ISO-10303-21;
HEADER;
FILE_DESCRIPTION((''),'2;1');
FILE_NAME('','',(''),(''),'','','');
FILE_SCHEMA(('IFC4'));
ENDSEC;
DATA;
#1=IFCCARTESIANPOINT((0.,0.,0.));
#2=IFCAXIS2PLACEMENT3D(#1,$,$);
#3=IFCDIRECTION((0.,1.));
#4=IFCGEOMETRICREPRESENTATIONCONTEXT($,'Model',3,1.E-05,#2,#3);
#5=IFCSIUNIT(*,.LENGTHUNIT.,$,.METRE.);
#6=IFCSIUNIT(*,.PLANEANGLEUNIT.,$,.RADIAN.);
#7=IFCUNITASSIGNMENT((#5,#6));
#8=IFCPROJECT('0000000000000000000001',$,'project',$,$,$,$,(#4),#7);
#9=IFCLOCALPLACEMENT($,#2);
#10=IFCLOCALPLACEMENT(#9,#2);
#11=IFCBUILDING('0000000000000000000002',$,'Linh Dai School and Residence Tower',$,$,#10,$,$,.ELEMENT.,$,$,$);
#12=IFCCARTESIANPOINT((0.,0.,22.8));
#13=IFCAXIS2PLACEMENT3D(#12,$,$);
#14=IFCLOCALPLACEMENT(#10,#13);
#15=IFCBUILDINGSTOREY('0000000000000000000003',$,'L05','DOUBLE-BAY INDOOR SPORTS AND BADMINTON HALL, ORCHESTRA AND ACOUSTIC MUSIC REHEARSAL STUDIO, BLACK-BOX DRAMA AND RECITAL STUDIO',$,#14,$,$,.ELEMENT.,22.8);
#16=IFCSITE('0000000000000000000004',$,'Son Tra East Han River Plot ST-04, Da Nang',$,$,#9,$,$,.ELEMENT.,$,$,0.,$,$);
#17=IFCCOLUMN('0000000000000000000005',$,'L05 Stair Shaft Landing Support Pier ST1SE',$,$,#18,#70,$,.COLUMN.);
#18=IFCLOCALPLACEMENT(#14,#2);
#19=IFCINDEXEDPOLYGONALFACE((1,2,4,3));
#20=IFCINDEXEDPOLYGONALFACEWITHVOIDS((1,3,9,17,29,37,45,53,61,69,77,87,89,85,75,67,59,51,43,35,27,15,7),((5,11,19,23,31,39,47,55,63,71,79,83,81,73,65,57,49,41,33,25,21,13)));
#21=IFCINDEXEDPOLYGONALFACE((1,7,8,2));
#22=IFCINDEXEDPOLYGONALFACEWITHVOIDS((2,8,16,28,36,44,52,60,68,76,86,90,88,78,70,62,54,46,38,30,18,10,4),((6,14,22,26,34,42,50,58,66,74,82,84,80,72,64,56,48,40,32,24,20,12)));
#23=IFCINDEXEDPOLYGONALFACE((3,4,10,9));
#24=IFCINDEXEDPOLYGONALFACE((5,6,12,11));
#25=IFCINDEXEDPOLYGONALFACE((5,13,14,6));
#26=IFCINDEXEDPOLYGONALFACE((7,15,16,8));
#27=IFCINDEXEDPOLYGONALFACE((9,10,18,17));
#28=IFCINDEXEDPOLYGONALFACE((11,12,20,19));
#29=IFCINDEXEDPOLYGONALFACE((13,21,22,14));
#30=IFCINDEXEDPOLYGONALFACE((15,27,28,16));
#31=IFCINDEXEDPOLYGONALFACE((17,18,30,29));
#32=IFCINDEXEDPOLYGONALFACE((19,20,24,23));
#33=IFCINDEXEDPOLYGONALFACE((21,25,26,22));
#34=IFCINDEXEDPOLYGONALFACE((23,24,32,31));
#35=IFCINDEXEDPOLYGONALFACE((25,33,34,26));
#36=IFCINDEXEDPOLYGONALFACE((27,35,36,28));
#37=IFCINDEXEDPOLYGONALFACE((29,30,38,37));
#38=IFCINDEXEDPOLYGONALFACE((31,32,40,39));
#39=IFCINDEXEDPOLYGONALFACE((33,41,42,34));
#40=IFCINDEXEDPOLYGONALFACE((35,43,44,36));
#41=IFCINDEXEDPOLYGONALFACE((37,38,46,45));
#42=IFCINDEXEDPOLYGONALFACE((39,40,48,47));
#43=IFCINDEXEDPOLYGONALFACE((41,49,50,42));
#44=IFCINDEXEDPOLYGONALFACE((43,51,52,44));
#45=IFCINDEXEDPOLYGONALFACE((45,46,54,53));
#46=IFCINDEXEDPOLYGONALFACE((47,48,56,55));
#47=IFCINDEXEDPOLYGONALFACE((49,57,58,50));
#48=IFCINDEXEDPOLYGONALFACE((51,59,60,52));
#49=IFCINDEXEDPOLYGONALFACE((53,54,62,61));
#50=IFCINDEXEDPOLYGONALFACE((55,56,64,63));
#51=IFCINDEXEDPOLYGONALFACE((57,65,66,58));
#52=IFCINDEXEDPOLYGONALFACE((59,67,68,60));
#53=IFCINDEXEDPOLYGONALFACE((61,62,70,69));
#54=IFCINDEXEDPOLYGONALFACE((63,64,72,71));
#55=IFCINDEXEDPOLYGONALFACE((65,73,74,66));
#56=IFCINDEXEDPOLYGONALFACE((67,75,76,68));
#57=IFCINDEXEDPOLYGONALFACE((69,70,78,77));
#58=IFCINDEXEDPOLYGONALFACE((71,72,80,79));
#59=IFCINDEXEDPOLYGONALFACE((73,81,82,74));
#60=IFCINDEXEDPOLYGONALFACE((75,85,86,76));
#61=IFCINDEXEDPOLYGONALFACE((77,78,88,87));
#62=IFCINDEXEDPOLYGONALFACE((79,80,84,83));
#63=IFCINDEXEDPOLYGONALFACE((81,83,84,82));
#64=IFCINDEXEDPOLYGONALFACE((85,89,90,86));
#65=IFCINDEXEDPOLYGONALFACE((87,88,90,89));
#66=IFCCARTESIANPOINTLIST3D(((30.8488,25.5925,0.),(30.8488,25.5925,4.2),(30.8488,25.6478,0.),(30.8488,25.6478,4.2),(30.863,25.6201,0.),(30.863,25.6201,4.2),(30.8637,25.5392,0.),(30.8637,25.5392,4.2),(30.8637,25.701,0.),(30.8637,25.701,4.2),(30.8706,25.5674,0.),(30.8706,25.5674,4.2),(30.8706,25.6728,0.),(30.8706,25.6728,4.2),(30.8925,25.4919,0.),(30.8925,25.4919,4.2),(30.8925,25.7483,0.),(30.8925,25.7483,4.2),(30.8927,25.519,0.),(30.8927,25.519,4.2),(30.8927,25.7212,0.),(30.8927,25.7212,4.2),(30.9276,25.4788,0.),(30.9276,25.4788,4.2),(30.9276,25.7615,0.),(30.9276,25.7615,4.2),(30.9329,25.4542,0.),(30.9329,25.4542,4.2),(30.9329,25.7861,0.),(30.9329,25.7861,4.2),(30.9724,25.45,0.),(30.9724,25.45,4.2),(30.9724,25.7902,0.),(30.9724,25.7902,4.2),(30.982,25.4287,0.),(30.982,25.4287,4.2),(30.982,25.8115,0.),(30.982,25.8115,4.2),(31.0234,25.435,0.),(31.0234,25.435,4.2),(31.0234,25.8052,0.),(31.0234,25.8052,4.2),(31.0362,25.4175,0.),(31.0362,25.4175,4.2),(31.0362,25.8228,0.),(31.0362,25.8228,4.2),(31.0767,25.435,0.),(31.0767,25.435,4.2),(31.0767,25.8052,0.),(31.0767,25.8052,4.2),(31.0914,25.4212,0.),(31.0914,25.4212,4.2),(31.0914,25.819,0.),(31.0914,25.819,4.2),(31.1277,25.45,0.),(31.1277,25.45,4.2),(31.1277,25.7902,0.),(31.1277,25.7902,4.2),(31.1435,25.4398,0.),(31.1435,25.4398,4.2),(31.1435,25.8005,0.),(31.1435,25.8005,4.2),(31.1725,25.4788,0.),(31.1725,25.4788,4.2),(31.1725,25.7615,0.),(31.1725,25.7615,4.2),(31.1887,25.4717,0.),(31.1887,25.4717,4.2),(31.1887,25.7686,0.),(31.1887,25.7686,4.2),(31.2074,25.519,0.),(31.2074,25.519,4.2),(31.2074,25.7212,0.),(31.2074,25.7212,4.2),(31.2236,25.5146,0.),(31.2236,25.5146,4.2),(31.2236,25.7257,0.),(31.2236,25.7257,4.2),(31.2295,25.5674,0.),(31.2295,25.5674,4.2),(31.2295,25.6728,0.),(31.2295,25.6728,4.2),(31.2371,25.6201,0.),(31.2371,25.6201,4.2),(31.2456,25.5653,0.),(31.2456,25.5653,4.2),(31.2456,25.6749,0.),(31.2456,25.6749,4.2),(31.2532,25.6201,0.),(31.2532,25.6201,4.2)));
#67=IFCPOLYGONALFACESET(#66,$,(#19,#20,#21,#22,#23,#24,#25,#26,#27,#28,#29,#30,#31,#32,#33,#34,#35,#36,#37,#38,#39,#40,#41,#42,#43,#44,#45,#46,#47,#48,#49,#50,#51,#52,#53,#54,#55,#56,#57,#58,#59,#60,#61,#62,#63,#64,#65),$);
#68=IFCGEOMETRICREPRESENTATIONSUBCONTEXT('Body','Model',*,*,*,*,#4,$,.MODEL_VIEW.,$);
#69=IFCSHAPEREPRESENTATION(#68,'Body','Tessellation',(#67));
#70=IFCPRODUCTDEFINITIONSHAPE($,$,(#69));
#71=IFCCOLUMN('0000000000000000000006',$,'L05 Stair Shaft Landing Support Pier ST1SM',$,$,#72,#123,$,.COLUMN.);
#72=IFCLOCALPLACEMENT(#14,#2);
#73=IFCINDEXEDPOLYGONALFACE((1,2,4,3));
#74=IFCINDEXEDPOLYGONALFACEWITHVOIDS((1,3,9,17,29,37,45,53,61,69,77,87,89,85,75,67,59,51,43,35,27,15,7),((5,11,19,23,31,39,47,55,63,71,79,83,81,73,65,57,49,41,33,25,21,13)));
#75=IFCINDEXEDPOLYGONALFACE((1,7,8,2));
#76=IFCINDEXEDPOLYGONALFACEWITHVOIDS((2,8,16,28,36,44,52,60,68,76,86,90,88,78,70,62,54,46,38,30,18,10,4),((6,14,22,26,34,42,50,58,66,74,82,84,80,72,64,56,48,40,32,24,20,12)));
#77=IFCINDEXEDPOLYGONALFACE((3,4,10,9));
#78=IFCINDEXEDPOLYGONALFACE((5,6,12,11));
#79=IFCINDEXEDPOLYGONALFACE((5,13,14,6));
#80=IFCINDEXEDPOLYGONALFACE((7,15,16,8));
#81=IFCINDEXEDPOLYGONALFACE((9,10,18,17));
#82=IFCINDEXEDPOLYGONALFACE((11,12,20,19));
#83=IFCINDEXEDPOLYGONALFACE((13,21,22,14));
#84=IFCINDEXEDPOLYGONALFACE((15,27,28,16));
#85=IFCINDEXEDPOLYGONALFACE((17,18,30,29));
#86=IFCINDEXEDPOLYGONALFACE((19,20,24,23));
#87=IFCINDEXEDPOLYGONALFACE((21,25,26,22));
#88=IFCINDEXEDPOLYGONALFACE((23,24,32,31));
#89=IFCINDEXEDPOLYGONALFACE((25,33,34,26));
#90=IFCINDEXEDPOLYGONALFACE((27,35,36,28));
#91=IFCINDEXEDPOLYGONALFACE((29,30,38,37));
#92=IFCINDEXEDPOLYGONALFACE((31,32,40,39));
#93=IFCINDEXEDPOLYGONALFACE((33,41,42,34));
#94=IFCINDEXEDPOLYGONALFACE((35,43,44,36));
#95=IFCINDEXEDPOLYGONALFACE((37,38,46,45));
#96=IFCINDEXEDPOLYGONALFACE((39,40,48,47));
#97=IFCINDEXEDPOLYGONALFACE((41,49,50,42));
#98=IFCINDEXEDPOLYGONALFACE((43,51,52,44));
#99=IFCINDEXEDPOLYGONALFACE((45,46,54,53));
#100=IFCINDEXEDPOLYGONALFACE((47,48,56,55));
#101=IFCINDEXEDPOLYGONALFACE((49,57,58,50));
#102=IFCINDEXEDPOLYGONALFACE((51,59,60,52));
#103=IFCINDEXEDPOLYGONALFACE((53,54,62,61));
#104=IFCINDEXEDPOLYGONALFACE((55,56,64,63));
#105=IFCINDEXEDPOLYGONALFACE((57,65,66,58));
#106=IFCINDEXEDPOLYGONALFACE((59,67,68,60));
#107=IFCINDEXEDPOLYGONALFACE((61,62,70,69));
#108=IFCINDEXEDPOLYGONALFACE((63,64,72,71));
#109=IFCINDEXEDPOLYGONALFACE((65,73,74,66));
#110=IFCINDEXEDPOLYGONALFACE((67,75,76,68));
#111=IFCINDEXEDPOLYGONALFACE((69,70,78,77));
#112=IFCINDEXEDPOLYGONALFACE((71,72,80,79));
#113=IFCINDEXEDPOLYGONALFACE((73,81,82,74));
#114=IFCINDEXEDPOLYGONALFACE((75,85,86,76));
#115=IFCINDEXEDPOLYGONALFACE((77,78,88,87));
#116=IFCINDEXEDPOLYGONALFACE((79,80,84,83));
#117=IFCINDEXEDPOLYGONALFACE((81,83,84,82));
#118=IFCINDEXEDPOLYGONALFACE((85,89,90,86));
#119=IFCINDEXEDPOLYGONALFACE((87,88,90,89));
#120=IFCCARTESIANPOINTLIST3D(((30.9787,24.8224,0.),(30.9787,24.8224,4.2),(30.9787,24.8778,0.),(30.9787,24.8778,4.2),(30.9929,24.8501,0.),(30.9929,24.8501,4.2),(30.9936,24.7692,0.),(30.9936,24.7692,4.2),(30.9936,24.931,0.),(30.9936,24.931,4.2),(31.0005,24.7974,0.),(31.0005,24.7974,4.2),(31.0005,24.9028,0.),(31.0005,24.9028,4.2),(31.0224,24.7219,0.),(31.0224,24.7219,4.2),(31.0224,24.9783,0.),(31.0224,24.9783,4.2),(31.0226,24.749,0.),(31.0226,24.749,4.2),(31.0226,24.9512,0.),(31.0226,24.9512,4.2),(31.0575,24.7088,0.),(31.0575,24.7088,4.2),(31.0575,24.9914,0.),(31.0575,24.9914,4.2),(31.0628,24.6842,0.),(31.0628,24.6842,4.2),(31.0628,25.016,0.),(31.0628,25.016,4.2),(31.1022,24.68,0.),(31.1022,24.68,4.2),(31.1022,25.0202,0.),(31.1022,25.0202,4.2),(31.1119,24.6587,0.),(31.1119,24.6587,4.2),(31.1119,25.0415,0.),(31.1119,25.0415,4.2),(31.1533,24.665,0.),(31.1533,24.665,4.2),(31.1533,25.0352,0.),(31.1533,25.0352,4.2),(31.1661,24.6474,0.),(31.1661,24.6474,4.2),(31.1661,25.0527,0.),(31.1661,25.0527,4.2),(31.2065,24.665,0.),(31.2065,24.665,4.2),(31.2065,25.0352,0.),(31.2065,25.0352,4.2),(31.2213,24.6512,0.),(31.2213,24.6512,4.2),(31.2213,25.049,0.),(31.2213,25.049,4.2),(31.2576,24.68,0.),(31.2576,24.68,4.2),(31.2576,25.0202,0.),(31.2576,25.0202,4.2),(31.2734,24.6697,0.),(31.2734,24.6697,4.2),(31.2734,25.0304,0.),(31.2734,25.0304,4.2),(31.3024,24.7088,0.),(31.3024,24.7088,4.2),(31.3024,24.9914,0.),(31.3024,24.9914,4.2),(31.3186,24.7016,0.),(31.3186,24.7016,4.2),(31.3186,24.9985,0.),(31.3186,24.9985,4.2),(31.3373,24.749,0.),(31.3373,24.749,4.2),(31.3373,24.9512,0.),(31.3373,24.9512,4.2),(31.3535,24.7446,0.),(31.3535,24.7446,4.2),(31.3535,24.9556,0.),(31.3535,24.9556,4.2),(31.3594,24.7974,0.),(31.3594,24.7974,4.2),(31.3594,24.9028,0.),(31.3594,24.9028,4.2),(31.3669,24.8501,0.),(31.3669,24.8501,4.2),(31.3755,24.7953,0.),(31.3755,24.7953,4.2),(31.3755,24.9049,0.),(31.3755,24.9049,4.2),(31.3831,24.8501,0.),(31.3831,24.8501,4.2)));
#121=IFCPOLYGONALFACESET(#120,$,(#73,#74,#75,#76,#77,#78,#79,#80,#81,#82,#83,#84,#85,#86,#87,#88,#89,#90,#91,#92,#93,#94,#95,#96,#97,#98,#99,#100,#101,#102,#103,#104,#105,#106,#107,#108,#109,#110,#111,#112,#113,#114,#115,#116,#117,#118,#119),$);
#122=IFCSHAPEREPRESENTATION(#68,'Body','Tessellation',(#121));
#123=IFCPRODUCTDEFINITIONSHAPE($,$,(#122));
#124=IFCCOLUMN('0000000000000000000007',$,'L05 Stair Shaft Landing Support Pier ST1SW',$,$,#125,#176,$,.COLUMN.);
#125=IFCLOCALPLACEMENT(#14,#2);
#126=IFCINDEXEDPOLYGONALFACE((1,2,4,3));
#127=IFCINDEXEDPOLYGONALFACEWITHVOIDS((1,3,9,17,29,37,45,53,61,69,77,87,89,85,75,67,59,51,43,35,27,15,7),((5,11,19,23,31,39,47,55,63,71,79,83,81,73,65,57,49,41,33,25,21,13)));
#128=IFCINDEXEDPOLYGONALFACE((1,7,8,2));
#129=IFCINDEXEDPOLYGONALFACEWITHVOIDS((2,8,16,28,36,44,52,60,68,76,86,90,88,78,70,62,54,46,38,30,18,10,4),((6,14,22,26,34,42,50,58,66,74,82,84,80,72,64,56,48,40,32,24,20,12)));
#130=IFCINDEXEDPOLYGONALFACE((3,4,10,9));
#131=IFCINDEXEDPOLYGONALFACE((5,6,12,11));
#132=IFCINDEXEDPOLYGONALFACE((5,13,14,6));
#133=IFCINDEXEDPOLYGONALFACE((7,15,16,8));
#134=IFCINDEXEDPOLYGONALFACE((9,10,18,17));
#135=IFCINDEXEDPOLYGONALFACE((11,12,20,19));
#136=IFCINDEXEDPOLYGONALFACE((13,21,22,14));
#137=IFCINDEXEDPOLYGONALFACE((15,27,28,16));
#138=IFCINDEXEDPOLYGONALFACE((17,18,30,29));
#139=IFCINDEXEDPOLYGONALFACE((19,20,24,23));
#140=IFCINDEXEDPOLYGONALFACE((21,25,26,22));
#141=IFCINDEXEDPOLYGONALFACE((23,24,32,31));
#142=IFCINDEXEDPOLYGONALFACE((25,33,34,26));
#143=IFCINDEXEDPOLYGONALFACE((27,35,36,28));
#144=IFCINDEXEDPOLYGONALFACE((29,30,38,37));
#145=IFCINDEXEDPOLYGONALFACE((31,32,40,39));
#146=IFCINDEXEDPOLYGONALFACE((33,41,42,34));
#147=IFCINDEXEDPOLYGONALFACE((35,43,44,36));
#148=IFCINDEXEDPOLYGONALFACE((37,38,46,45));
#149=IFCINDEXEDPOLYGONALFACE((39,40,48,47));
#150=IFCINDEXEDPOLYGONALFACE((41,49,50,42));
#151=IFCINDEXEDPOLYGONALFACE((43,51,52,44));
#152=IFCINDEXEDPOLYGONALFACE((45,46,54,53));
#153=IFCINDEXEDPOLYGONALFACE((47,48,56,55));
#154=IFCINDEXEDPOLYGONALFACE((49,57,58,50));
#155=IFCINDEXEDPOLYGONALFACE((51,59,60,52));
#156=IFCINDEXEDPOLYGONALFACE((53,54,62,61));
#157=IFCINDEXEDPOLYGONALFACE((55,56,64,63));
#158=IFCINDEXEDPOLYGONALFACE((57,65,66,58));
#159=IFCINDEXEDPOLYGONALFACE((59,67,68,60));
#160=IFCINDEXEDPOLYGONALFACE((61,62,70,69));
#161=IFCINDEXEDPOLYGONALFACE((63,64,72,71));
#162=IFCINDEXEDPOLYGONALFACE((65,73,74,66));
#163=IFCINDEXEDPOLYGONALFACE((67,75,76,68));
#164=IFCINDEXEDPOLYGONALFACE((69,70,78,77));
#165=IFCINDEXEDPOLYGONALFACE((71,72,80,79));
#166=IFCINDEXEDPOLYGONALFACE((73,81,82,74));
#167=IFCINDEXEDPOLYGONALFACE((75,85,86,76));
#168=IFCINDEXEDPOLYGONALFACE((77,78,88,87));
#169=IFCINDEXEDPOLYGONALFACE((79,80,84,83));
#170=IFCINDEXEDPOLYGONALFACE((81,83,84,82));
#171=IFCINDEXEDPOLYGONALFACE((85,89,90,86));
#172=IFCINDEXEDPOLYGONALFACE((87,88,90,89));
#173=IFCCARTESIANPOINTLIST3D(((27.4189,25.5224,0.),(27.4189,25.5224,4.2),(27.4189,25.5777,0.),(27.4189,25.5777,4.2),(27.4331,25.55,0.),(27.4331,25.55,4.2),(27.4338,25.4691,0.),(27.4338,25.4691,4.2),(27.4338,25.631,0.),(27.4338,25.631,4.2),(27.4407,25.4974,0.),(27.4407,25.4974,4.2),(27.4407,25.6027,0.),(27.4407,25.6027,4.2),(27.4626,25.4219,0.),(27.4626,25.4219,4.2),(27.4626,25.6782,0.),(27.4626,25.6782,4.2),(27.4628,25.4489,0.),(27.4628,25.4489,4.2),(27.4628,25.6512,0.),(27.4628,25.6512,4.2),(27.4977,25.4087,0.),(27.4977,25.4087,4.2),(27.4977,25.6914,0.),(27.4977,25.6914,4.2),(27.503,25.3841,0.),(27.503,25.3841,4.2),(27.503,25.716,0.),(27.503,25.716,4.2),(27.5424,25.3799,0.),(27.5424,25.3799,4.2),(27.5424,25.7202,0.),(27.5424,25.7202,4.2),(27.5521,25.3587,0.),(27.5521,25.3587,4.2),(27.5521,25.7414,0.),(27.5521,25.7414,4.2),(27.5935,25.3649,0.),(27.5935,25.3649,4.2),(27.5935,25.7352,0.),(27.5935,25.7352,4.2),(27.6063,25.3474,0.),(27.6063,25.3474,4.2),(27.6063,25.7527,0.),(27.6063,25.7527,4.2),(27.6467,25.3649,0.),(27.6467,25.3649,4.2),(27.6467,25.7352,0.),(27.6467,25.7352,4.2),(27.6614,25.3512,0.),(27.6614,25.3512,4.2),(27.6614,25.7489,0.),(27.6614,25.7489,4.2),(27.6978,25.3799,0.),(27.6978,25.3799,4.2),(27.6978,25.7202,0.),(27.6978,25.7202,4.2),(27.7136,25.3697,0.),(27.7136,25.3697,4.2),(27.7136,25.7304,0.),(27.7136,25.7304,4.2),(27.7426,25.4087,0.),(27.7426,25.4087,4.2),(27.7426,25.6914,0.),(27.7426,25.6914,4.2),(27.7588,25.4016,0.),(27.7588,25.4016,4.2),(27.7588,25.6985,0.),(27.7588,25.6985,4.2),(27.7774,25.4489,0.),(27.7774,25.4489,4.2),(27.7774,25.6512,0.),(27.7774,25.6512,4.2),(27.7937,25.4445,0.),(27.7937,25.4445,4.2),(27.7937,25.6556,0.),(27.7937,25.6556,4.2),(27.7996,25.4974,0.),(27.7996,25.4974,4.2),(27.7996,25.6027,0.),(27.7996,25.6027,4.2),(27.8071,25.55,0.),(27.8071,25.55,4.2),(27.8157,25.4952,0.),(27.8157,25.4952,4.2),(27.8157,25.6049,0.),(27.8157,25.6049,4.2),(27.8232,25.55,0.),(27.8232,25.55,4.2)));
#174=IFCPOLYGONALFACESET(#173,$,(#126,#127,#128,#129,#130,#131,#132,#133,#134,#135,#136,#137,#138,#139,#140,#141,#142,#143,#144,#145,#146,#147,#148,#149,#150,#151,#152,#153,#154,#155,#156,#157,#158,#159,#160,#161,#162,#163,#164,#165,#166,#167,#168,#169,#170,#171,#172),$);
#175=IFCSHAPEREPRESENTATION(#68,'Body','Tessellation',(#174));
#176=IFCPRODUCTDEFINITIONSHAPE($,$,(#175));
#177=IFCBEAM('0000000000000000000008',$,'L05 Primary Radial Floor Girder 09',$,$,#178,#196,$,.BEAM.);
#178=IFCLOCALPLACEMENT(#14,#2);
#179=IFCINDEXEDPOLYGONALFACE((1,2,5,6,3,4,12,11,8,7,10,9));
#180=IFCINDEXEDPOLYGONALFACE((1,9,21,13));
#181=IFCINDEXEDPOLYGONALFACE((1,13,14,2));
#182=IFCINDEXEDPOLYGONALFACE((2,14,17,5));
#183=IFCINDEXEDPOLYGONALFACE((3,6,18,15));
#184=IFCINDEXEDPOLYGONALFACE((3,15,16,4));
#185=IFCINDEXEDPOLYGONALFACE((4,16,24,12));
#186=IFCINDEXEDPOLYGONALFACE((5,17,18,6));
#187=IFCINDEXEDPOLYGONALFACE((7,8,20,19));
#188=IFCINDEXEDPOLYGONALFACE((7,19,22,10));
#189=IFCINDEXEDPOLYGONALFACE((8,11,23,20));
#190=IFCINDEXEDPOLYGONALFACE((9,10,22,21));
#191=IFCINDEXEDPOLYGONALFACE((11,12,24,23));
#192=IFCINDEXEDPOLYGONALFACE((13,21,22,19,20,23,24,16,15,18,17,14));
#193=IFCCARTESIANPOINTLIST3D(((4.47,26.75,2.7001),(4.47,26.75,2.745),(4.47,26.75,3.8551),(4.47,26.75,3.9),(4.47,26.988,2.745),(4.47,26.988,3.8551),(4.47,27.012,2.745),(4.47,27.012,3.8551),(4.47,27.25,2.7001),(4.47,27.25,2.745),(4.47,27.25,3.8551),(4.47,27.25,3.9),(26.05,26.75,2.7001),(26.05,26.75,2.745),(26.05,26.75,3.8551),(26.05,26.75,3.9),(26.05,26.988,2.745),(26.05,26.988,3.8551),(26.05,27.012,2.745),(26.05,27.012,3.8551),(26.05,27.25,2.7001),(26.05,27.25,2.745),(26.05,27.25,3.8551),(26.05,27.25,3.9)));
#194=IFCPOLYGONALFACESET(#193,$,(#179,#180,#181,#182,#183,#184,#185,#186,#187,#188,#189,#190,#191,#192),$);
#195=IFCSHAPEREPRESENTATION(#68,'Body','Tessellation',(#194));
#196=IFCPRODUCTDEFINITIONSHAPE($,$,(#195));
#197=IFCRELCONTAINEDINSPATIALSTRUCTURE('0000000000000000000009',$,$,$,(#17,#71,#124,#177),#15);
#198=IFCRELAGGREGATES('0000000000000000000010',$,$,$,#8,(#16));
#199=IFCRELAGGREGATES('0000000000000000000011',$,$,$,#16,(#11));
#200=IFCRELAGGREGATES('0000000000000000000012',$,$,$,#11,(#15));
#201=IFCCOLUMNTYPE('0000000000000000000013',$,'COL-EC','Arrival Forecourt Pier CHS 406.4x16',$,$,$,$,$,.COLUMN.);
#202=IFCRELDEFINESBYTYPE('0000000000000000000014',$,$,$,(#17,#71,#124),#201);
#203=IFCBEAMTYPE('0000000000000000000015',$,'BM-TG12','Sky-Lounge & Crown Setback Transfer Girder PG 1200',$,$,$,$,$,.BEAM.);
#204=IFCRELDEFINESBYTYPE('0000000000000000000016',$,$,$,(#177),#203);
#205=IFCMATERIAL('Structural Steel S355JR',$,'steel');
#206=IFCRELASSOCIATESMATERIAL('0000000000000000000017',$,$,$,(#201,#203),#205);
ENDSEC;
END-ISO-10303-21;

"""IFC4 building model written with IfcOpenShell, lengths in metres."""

from ifc_helpers import new_model, si_unit, direction, frame, origin, origin_2d, place, context, subcontext, project, spatial, hollow_circle, i_section, extrude, material, material_profile, profile_set, type_object, element, save


model = new_model("IFC4")

# Units and contexts
model_context = context("Model", 3, precision=1e-05, world=origin(), true_north=direction((0.0, 1.0)))
body_context = subcontext(model_context, "Body", "Model", "MODEL_VIEW")
ifc_project = project(units=[si_unit("LENGTHUNIT", "METRE"), si_unit("PLANEANGLEUNIT", "RADIAN")], contexts=[model_context])

# Site, building, storey
site_placement = place(None, origin())
site = spatial("IfcSite", under=ifc_project, at=site_placement, Name="Son Tra East Han River Plot ST-04, Da Nang", CompositionType="ELEMENT", RefElevation=0.0)
building_placement = place(site_placement, origin())
building = spatial("IfcBuilding", under=site, at=building_placement, Name="Linh Dai School and Residence Tower", CompositionType="ELEMENT")
storey_placement = place(building_placement, frame((0.0, 0.0, 22.8)))
storey = spatial("IfcBuildingStorey", under=building, at=storey_placement, Name="L05", Description="DOUBLE-BAY INDOOR SPORTS AND BADMINTON HALL, ORCHESTRA AND ACOUSTIC MUSIC REHEARSAL STUDIO, BLACK-BOX DRAMA AND RECITAL STUDIO", CompositionType="ELEMENT", Elevation=22.8)

# Columns
ifc_material_1 = material(Name="Structural Steel S355JR", Category="steel")
ifc_material_profile_1 = material_profile(ifc_material_1, hollow_circle(Radius=0.2031, WallThickness=0.0161, at=origin_2d()), Name="CHS 406.4x16")
ifc_profile_set_1 = profile_set([ifc_material_profile_1], Name="Structural Steel S355JR")
column_type = type_object("IfcColumnType", Name="COL-EC", Description="Arrival Forecourt Pier CHS 406.4x16", PredefinedType="COLUMN", material=ifc_profile_set_1)
for number, where, z_axis, x_axis, name in (
    (1, (31.05, 25.6201, 0.0), (0.0, 0.0, 1.0), (1.0, 0.0, 0.0), "L05 Stair Shaft Landing Support Pier ST1SE"),
    (2, (31.1799, 24.8501, 0.0), (0.0, 0.0, 1.0), (1.0, 0.0, 0.0), "L05 Stair Shaft Landing Support Pier ST1SM"),
    (3, (27.6201, 25.55, 0.0), (0.0, 0.0, 1.0), (1.0, 0.0, 0.0), "L05 Stair Shaft Landing Support Pier ST1SW"),
):
    element("IfcColumn", number, at=place(storey_placement, frame(where, z_axis=z_axis, x_axis=x_axis)), inside=storey, type_object=column_type, Name=name, PredefinedType="COLUMN", context=body_context, shape_type="SweptSolid", body=[
        extrude(hollow_circle(Radius=0.2031, WallThickness=0.0161, at=origin_2d()), origin(), (0.0, 0.0, 1.0), 4.2),
    ])

# Beam
ifc_material_profile_2 = material_profile(ifc_material_1, i_section(OverallWidth=0.5, OverallDepth=1.2, WebThickness=0.0239, FlangeThickness=0.0449, at=origin_2d()), Name="PG 1200x500x24x45")
ifc_profile_set_2 = profile_set([ifc_material_profile_2], Name="Structural Steel S355JR")
beam_type = type_object("IfcBeamType", Name="BM-TG12", Description="Sky-Lounge & Crown Setback Transfer Girder PG 1200", PredefinedType="BEAM", material=ifc_profile_set_2)
beam_1_placement = place(storey_placement, frame((26.05, 27.0, 3.3), z_axis=(-1.0, 0.0, 0.0), x_axis=(0.0, -1.0, 0.0)))
element("IfcBeam", 4, at=beam_1_placement, inside=storey, type_object=beam_type, Name="L05 Primary Radial Floor Girder 09", PredefinedType="BEAM", context=body_context, shape_type="SweptSolid", body=[
    extrude(i_section(OverallWidth=0.5, OverallDepth=1.2, WebThickness=0.0239, FlangeThickness=0.0449, at=origin_2d()), origin(), (0.0, 0.0, 1.0), 21.5801),
])

save(model, "model.ifc")
